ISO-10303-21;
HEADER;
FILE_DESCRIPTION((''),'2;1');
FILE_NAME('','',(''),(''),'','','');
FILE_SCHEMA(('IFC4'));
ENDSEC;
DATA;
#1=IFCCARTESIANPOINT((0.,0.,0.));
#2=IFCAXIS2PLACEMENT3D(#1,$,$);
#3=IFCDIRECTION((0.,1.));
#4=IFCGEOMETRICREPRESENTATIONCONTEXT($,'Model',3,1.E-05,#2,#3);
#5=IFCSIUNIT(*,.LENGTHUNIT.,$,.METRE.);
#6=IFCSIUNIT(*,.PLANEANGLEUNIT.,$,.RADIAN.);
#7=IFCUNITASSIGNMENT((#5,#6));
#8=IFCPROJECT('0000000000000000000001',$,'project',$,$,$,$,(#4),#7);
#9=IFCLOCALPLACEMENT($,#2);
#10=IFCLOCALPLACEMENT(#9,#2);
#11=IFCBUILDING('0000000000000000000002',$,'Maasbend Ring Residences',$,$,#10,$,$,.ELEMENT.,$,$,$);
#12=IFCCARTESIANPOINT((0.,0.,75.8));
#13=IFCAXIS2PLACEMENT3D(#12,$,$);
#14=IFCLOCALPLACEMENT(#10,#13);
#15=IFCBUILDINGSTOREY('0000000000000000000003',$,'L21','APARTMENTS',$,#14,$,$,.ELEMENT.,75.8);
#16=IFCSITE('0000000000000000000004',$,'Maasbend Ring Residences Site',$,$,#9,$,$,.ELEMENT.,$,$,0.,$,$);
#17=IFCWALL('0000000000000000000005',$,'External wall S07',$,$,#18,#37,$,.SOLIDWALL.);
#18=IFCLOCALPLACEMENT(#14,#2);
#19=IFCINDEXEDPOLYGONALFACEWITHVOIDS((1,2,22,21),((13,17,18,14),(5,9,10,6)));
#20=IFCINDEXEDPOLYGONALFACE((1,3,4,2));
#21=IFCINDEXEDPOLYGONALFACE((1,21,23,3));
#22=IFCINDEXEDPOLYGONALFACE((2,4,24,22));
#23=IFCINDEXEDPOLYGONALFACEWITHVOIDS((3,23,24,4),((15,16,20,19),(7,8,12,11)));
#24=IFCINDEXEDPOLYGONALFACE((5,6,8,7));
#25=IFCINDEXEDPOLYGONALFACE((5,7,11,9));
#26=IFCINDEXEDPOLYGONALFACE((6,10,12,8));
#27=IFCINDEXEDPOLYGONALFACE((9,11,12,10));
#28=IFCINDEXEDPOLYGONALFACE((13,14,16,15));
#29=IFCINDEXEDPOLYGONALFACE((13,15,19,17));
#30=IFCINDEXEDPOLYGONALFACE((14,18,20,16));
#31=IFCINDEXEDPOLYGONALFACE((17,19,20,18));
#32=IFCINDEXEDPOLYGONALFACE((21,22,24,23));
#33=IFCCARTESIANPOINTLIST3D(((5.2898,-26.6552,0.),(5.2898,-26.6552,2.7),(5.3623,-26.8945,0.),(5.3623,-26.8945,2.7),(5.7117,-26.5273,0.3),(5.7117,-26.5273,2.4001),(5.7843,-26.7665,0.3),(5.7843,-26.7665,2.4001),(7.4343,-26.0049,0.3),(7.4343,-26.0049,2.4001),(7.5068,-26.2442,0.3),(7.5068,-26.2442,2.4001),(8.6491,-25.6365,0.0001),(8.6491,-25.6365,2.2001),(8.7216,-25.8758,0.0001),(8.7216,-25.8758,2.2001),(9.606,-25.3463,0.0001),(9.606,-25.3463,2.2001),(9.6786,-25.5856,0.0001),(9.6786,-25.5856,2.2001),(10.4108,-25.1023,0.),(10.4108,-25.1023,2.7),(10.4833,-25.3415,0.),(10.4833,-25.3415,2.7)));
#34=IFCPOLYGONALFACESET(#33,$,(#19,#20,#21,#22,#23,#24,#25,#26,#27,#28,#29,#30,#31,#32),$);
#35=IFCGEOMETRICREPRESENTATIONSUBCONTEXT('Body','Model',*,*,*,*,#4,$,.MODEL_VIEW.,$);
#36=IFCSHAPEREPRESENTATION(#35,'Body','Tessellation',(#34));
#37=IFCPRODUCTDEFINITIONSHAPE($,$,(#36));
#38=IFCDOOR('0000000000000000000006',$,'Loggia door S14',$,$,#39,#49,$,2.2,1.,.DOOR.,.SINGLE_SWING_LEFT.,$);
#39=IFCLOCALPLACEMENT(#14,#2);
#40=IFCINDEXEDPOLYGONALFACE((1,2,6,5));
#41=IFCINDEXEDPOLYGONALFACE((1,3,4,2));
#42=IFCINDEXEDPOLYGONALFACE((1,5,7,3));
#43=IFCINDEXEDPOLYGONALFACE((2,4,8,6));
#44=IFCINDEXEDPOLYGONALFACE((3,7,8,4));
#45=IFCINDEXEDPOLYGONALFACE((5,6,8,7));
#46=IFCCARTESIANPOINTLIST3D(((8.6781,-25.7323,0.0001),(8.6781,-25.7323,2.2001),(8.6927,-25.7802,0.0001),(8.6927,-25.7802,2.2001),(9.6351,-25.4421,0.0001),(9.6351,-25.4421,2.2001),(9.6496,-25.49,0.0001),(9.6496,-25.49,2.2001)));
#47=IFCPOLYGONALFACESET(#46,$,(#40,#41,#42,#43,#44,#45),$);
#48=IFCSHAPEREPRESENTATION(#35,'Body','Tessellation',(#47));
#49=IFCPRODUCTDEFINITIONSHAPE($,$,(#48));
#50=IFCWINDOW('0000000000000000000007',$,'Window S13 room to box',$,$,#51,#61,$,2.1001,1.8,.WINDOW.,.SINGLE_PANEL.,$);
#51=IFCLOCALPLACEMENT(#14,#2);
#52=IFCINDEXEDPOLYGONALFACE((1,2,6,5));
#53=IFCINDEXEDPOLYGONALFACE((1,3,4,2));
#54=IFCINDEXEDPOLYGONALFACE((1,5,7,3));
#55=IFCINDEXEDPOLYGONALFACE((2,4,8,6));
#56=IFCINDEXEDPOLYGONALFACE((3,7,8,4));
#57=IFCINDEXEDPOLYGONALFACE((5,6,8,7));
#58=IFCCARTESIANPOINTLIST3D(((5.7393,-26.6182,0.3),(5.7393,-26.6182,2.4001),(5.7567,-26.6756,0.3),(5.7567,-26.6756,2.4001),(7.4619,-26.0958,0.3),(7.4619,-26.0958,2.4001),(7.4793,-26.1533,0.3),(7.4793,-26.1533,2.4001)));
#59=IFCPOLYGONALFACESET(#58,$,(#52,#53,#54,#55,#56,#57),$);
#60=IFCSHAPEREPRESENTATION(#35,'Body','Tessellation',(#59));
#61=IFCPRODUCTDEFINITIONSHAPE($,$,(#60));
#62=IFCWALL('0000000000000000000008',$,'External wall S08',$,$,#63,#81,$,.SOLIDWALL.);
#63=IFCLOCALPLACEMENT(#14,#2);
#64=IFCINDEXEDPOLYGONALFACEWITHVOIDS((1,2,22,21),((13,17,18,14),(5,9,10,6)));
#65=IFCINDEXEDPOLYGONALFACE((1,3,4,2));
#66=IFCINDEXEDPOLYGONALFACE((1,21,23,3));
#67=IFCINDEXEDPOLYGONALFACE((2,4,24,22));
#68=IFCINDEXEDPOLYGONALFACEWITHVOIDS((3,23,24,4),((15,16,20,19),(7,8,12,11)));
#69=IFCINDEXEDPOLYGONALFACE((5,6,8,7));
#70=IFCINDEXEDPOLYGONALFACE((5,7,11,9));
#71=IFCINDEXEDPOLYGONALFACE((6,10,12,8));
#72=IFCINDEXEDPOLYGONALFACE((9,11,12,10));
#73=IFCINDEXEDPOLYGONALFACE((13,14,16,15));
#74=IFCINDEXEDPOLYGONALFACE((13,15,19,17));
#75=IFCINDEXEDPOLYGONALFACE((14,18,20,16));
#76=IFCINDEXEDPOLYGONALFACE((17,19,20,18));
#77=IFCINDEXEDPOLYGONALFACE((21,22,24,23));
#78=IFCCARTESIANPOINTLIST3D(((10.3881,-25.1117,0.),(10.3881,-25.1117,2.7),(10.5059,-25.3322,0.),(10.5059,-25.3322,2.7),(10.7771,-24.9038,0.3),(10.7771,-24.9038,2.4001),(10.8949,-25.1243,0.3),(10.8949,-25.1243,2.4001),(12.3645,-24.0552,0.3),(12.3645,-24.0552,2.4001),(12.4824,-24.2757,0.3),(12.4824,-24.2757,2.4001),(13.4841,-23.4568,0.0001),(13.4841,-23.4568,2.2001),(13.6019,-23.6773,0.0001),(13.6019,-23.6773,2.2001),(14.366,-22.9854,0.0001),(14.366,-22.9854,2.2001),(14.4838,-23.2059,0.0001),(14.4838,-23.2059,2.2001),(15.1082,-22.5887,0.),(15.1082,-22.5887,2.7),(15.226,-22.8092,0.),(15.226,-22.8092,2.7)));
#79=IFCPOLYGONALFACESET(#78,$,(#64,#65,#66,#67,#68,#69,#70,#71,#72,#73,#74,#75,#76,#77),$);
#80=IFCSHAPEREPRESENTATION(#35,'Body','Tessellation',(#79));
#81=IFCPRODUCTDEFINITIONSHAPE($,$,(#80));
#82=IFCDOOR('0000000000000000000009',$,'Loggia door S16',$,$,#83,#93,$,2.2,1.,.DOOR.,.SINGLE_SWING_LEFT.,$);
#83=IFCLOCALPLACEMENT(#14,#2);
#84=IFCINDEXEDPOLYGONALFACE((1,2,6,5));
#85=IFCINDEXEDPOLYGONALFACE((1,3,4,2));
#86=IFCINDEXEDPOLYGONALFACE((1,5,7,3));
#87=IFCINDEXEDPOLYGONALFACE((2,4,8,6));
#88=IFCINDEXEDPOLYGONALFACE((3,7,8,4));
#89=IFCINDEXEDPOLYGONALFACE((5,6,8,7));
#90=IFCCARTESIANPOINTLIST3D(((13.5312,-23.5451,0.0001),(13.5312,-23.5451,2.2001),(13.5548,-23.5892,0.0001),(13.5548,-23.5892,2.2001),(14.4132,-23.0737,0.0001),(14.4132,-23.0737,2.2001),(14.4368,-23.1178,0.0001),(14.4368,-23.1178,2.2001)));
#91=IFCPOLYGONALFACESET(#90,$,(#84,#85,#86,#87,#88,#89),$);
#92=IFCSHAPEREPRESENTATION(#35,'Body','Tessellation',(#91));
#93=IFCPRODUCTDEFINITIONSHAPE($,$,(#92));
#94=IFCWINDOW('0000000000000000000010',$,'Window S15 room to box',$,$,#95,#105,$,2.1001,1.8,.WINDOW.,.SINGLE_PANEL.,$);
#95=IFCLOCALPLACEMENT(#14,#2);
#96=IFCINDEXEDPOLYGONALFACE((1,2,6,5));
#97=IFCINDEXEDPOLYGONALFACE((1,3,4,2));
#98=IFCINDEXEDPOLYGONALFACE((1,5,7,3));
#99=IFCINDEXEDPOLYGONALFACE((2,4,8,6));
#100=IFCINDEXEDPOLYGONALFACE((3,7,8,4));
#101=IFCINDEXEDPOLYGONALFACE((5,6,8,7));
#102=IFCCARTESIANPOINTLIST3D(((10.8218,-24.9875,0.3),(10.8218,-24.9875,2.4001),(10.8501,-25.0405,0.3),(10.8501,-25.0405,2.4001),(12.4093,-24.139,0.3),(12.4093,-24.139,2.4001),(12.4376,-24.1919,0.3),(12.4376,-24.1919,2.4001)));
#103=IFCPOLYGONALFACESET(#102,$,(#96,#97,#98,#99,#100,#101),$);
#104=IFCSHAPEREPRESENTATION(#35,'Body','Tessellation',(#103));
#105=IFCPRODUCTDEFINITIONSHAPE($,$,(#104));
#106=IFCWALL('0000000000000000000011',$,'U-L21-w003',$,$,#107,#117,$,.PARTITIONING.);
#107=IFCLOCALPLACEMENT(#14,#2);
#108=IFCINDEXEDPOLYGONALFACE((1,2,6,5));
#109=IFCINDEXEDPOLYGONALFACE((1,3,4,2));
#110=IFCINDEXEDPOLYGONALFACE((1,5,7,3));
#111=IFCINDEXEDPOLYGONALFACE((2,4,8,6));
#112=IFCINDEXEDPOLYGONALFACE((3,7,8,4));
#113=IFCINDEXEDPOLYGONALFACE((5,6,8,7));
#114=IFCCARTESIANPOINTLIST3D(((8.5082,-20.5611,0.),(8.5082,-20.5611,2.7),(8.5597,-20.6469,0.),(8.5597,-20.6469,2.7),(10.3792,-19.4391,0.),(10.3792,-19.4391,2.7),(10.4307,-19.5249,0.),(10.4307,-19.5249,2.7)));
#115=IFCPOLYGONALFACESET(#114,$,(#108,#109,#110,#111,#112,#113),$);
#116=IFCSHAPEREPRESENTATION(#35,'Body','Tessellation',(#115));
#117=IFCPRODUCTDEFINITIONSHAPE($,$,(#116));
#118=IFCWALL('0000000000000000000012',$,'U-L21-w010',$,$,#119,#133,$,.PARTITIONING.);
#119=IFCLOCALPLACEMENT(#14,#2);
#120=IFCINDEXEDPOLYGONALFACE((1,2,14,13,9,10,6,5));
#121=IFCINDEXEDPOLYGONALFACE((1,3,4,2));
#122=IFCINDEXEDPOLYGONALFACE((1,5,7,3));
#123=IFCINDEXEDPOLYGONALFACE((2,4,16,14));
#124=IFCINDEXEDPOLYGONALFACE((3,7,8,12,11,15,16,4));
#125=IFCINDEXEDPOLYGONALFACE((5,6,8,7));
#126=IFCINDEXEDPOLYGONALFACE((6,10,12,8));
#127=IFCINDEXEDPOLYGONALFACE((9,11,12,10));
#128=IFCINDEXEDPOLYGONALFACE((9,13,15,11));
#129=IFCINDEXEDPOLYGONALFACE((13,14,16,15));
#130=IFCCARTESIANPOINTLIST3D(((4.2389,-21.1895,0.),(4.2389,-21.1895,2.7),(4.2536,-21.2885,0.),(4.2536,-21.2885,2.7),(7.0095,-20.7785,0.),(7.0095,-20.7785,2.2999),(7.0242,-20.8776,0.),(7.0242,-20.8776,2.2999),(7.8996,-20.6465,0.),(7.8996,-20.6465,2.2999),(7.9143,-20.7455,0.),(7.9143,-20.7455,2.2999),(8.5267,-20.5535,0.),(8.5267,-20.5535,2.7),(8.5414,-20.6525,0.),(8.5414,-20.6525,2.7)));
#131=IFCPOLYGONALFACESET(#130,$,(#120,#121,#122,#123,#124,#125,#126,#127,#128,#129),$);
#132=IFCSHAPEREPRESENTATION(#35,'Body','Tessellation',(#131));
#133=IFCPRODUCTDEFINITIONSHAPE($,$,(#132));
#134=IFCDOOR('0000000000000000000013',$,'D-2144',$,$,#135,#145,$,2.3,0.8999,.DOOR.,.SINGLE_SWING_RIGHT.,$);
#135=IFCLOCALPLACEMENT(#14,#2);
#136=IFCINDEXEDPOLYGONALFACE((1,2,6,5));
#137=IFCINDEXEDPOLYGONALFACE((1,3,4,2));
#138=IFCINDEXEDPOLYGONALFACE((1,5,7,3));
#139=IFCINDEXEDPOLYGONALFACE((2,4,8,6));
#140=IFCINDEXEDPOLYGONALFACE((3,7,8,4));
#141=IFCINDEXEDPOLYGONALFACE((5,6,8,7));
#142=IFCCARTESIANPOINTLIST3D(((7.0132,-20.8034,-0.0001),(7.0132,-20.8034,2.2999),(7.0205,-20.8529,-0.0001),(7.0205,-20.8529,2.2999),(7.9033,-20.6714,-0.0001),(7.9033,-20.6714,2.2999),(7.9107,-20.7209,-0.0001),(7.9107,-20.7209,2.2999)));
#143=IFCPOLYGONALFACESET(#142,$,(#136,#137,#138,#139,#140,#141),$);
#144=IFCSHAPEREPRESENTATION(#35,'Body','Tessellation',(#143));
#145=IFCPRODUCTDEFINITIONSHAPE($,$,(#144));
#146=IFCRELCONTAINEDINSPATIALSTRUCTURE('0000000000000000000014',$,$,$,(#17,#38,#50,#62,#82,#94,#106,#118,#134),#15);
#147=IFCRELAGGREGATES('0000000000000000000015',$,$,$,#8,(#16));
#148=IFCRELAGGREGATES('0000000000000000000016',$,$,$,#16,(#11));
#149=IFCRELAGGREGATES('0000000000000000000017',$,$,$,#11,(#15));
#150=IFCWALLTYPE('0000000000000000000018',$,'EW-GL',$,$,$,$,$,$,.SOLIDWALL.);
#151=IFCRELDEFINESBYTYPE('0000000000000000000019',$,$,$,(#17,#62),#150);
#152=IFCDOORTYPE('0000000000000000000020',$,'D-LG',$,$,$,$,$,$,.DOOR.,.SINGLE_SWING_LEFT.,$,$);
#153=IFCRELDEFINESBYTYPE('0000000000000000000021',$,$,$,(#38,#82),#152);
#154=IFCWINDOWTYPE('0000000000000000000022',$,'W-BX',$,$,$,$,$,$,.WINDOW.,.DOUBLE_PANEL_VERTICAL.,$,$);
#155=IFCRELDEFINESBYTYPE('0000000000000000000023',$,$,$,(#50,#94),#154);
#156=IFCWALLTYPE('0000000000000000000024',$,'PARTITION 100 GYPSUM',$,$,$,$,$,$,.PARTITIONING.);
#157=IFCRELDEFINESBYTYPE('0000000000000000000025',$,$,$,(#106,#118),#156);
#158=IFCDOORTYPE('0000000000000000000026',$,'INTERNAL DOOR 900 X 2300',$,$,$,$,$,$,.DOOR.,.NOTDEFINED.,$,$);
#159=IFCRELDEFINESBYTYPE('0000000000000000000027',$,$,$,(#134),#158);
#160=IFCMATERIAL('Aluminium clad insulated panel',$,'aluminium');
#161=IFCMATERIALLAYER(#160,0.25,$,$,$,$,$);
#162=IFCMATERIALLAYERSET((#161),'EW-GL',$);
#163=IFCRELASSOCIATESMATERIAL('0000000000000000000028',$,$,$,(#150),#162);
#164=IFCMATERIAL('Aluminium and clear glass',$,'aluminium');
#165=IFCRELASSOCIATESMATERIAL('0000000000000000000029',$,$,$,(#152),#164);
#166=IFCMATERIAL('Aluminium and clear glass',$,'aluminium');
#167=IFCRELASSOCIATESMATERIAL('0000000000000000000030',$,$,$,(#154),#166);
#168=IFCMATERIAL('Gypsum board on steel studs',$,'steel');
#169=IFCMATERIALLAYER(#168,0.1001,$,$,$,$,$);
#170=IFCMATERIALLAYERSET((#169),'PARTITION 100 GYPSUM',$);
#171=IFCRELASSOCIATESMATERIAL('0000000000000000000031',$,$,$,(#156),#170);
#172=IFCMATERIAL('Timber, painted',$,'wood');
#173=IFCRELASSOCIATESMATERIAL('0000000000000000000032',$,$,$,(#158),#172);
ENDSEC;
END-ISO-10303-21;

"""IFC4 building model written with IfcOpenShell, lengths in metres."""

from ifc_helpers import new_model, si_unit, direction, frame, frame_2d, origin, place, context, subcontext, project, spatial, rectangle, extrude, material, layer, layer_set, type_object, element, fill, save


model = new_model("IFC4")

# Units and contexts
model_context = context("Model", 3, precision=1e-05, world=origin(), true_north=direction((0.0, 1.0)))
body_context = subcontext(model_context, "Body", "Model", "MODEL_VIEW")
ifc_project = project(units=[si_unit("LENGTHUNIT", "METRE"), si_unit("PLANEANGLEUNIT", "RADIAN")], contexts=[model_context])

# Site, building, storey
site_placement = place(None, origin())
site = spatial("IfcSite", under=ifc_project, at=site_placement, Name="Maasbend Ring Residences Site", CompositionType="ELEMENT", RefElevation=0.0)
building_placement = place(site_placement, origin())
building = spatial("IfcBuilding", under=site, at=building_placement, Name="Maasbend Ring Residences", CompositionType="ELEMENT")
storey_placement = place(building_placement, frame((0.0, 0.0, 75.8)))
storey = spatial("IfcBuildingStorey", under=building, at=storey_placement, Name="L21", Description="APARTMENTS", CompositionType="ELEMENT", Elevation=75.8)

# Walls, openings, doors, windows
ifc_material_1 = material(Name="Aluminium clad insulated panel", Category="aluminium")
ifc_layer_1 = layer(ifc_material_1, 0.25)
ifc_layer_set_1 = layer_set([ifc_layer_1], Name="EW-GL")
wall_type_1 = type_object("IfcWallType", Name="EW-GL", PredefinedType="SOLIDWALL", material=ifc_layer_set_1)
wall_1_placement = place(storey_placement, frame((5.3259, -26.7749, 0.0), z_axis=(0.0, 0.0, 1.0), x_axis=(0.956966, 0.290201, 0.0)))
wall_1 = element("IfcWall", 1, at=wall_1_placement, inside=storey, type_object=wall_type_1, Name="External wall S07", PredefinedType="SOLIDWALL", context=body_context, shape_type="SweptSolid", body=[
    extrude(rectangle(XDim=5.3513, YDim=0.25, at=frame_2d((2.6758, 0.0))), origin(), (0.0, 0.0, 1.0), 2.7),
])
opening_1_placement = place(wall_1_placement, frame((0.4412, 0.0, 0.3)))
opening_1 = element("IfcOpeningElement", 2, at=opening_1_placement, cuts=wall_1, PredefinedType="OPENING", context=body_context, shape_type="SweptSolid", body=[
    extrude(rectangle(XDim=1.8, YDim=2.1001, at=frame_2d((0.8999, 1.05))), frame((0.0, 0.135, 0.0), z_axis=(0.0, -1.0, 0.0), x_axis=(1.0, 0.0, 0.0)), (0.0, 0.0, 1.0), 0.27),
])
opening_2_placement = place(wall_1_placement, frame((3.5105, 0.0, 0.0)))
opening_2 = element("IfcOpeningElement", 3, at=opening_2_placement, cuts=wall_1, PredefinedType="OPENING", context=body_context, shape_type="SweptSolid", body=[
    extrude(rectangle(XDim=1.0, YDim=2.2, at=frame_2d((0.5, 1.1001))), frame((0.0, 0.135, 0.0), z_axis=(0.0, -1.0, 0.0), x_axis=(1.0, 0.0, 0.0)), (0.0, 0.0, 1.0), 0.27),
])
ifc_material_2 = material(Name="Aluminium and clear glass", Category="aluminium")
door_type_1 = type_object("IfcDoorType", Name="D-LG", OperationType="SINGLE_SWING_LEFT", PredefinedType="DOOR", material=ifc_material_2)
door_1_placement = place(opening_2_placement, origin())
door_1 = element("IfcDoor", 4, at=door_1_placement, inside=storey, type_object=door_type_1, Name="Loggia door S14", OperationType="SINGLE_SWING_LEFT", OverallHeight=2.2, OverallWidth=1.0, PredefinedType="DOOR", context=body_context, shape_type="SweptSolid", body=[
    extrude(rectangle(XDim=1.0, YDim=2.2, at=frame_2d((0.5, 1.1001))), frame((0.0, 0.0249, 0.0), z_axis=(0.0, -1.0, 0.0), x_axis=(1.0, 0.0, 0.0)), (0.0, 0.0, 1.0), 0.05),
])
fill(opening_2, door_1)
ifc_material_3 = material(Name="Aluminium and clear glass", Category="aluminium")
window_type_1 = type_object("IfcWindowType", Name="W-BX", PartitioningType="DOUBLE_PANEL_VERTICAL", PredefinedType="WINDOW", material=ifc_material_3)
window_1_placement = place(opening_1_placement, origin())
window_1 = element("IfcWindow", 5, at=window_1_placement, inside=storey, type_object=window_type_1, Name="Window S13 room to box", OverallHeight=2.1001, OverallWidth=1.8, PartitioningType="SINGLE_PANEL", PredefinedType="WINDOW", context=body_context, shape_type="SweptSolid", body=[
    extrude(rectangle(XDim=1.8, YDim=2.1001, at=frame_2d((0.8999, 1.05))), frame((0.0, 0.03, 0.0), z_axis=(0.0, -1.0, 0.0), x_axis=(1.0, 0.0, 0.0)), (0.0, 0.0, 1.0), 0.0601),
])
fill(opening_1, window_1)
wall_2_placement = place(storey_placement, frame((10.447, -25.2219, 0.0), z_axis=(0.0, 0.0, 1.0), x_axis=(0.881916, 0.471407, 0.0)))
wall_2 = element("IfcWall", 6, at=wall_2_placement, inside=storey, type_object=wall_type_1, Name="External wall S08", PredefinedType="SOLIDWALL", context=body_context, shape_type="SweptSolid", body=[
    extrude(rectangle(XDim=5.3521, YDim=0.25, at=frame_2d((2.676, 0.0))), origin(), (0.0, 0.0, 1.0), 2.7),
])
opening_3_placement = place(wall_2_placement, frame((0.4412, 0.0, 0.3)))
opening_3 = element("IfcOpeningElement", 7, at=opening_3_placement, cuts=wall_2, PredefinedType="OPENING", context=body_context, shape_type="SweptSolid", body=[
    extrude(rectangle(XDim=1.8, YDim=2.1001, at=frame_2d((0.8999, 1.05))), frame((0.0, 0.135, 0.0), z_axis=(0.0, -1.0, 0.0), x_axis=(1.0, 0.0, 0.0)), (0.0, 0.0, 1.0), 0.27),
])
opening_4_placement = place(wall_2_placement, frame((3.5105, 0.0, 0.0)))
opening_4 = element("IfcOpeningElement", 8, at=opening_4_placement, cuts=wall_2, PredefinedType="OPENING", context=body_context, shape_type="SweptSolid", body=[
    extrude(rectangle(XDim=1.0, YDim=2.2, at=frame_2d((0.5, 1.1001))), frame((0.0, 0.135, 0.0), z_axis=(0.0, -1.0, 0.0), x_axis=(1.0, 0.0, 0.0)), (0.0, 0.0, 1.0), 0.27),
])
door_2_placement = place(opening_4_placement, origin())
door_2 = element("IfcDoor", 9, at=door_2_placement, inside=storey, type_object=door_type_1, Name="Loggia door S16", OperationType="SINGLE_SWING_LEFT", OverallHeight=2.2, OverallWidth=1.0, PredefinedType="DOOR", context=body_context, shape_type="SweptSolid", body=[
    extrude(rectangle(XDim=1.0, YDim=2.2, at=frame_2d((0.5, 1.1001))), frame((0.0, 0.0249, 0.0), z_axis=(0.0, -1.0, 0.0), x_axis=(1.0, 0.0, 0.0)), (0.0, 0.0, 1.0), 0.05),
])
fill(opening_4, door_2)
window_2_placement = place(opening_3_placement, origin())
window_2 = element("IfcWindow", 10, at=window_2_placement, inside=storey, type_object=window_type_1, Name="Window S15 room to box", OverallHeight=2.1001, OverallWidth=1.8, PartitioningType="SINGLE_PANEL", PredefinedType="WINDOW", context=body_context, shape_type="SweptSolid", body=[
    extrude(rectangle(XDim=1.8, YDim=2.1001, at=frame_2d((0.8999, 1.05))), frame((0.0, 0.03, 0.0), z_axis=(0.0, -1.0, 0.0), x_axis=(1.0, 0.0, 0.0)), (0.0, 0.0, 1.0), 0.0601),
])
fill(opening_3, window_2)

# Wall
ifc_material_4 = material(Name="Gypsum board on steel studs", Category="steel")
ifc_layer_2 = layer(ifc_material_4, 0.1001)
ifc_layer_set_2 = layer_set([ifc_layer_2], Name="PARTITION 100 GYPSUM")
wall_type_2 = type_object("IfcWallType", Name="PARTITION 100 GYPSUM", PredefinedType="PARTITIONING", material=ifc_layer_set_2)
wall_3_placement = place(storey_placement, frame((8.5339, -20.604, 0.0), z_axis=(0.0, 0.0, 1.0), x_axis=(0.857611, 0.514298, 0.0)))
element("IfcWall", 11, at=wall_3_placement, inside=storey, type_object=wall_type_2, Name="U-L21-w003", PredefinedType="PARTITIONING", context=body_context, shape_type="SweptSolid", body=[
    extrude(rectangle(XDim=2.1816, YDim=0.1001, at=frame_2d((1.0908, 0.0))), origin(), (0.0, 0.0, 1.0), 2.7),
])

# Wall, opening, door
wall_4_placement = place(storey_placement, frame((4.2461, -21.239, 0.0), z_axis=(0.0, 0.0, 1.0), x_axis=(0.989178, 0.146718, 0.0)))
wall_4 = element("IfcWall", 12, at=wall_4_placement, inside=storey, type_object=wall_type_2, Name="U-L21-w010", PredefinedType="PARTITIONING", context=body_context, shape_type="SweptSolid", body=[
    extrude(rectangle(XDim=4.3347, YDim=0.1001, at=frame_2d((2.1675, 0.0))), origin(), (0.0, 0.0, 1.0), 2.7),
])
opening_5_placement = place(wall_4_placement, frame((2.801, 0.0, 0.0)))
opening_5 = element("IfcOpeningElement", 13, at=opening_5_placement, cuts=wall_4, PredefinedType="OPENING", context=body_context, shape_type="SweptSolid", body=[
    extrude(rectangle(XDim=0.8999, YDim=2.3, at=frame_2d((0.45, 1.1499))), frame((0.0, 0.0601, 0.0), z_axis=(0.0, -1.0, 0.0), x_axis=(1.0, 0.0, 0.0)), (0.0, 0.0, 1.0), 0.1201),
])
ifc_material_5 = material(Name="Timber, painted", Category="wood")
door_type_2 = type_object("IfcDoorType", Name="INTERNAL DOOR 900 X 2300", OperationType="NOTDEFINED", PredefinedType="DOOR", material=ifc_material_5)
door_3_placement = place(opening_5_placement, origin())
door_3 = element("IfcDoor", 14, at=door_3_placement, inside=storey, type_object=door_type_2, Name="D-2144", OperationType="SINGLE_SWING_RIGHT", OverallHeight=2.3, OverallWidth=0.8999, PredefinedType="DOOR", context=body_context, shape_type="SweptSolid", body=[
    extrude(rectangle(XDim=0.8999, YDim=2.3, at=frame_2d((0.45, 1.1499))), frame((0.0, 0.0249, 0.0), z_axis=(0.0, -1.0, 0.0), x_axis=(1.0, 0.0, 0.0)), (0.0, 0.0, 1.0), 0.05),
])
fill(opening_5, door_3)

save(model, "model.ifc")
